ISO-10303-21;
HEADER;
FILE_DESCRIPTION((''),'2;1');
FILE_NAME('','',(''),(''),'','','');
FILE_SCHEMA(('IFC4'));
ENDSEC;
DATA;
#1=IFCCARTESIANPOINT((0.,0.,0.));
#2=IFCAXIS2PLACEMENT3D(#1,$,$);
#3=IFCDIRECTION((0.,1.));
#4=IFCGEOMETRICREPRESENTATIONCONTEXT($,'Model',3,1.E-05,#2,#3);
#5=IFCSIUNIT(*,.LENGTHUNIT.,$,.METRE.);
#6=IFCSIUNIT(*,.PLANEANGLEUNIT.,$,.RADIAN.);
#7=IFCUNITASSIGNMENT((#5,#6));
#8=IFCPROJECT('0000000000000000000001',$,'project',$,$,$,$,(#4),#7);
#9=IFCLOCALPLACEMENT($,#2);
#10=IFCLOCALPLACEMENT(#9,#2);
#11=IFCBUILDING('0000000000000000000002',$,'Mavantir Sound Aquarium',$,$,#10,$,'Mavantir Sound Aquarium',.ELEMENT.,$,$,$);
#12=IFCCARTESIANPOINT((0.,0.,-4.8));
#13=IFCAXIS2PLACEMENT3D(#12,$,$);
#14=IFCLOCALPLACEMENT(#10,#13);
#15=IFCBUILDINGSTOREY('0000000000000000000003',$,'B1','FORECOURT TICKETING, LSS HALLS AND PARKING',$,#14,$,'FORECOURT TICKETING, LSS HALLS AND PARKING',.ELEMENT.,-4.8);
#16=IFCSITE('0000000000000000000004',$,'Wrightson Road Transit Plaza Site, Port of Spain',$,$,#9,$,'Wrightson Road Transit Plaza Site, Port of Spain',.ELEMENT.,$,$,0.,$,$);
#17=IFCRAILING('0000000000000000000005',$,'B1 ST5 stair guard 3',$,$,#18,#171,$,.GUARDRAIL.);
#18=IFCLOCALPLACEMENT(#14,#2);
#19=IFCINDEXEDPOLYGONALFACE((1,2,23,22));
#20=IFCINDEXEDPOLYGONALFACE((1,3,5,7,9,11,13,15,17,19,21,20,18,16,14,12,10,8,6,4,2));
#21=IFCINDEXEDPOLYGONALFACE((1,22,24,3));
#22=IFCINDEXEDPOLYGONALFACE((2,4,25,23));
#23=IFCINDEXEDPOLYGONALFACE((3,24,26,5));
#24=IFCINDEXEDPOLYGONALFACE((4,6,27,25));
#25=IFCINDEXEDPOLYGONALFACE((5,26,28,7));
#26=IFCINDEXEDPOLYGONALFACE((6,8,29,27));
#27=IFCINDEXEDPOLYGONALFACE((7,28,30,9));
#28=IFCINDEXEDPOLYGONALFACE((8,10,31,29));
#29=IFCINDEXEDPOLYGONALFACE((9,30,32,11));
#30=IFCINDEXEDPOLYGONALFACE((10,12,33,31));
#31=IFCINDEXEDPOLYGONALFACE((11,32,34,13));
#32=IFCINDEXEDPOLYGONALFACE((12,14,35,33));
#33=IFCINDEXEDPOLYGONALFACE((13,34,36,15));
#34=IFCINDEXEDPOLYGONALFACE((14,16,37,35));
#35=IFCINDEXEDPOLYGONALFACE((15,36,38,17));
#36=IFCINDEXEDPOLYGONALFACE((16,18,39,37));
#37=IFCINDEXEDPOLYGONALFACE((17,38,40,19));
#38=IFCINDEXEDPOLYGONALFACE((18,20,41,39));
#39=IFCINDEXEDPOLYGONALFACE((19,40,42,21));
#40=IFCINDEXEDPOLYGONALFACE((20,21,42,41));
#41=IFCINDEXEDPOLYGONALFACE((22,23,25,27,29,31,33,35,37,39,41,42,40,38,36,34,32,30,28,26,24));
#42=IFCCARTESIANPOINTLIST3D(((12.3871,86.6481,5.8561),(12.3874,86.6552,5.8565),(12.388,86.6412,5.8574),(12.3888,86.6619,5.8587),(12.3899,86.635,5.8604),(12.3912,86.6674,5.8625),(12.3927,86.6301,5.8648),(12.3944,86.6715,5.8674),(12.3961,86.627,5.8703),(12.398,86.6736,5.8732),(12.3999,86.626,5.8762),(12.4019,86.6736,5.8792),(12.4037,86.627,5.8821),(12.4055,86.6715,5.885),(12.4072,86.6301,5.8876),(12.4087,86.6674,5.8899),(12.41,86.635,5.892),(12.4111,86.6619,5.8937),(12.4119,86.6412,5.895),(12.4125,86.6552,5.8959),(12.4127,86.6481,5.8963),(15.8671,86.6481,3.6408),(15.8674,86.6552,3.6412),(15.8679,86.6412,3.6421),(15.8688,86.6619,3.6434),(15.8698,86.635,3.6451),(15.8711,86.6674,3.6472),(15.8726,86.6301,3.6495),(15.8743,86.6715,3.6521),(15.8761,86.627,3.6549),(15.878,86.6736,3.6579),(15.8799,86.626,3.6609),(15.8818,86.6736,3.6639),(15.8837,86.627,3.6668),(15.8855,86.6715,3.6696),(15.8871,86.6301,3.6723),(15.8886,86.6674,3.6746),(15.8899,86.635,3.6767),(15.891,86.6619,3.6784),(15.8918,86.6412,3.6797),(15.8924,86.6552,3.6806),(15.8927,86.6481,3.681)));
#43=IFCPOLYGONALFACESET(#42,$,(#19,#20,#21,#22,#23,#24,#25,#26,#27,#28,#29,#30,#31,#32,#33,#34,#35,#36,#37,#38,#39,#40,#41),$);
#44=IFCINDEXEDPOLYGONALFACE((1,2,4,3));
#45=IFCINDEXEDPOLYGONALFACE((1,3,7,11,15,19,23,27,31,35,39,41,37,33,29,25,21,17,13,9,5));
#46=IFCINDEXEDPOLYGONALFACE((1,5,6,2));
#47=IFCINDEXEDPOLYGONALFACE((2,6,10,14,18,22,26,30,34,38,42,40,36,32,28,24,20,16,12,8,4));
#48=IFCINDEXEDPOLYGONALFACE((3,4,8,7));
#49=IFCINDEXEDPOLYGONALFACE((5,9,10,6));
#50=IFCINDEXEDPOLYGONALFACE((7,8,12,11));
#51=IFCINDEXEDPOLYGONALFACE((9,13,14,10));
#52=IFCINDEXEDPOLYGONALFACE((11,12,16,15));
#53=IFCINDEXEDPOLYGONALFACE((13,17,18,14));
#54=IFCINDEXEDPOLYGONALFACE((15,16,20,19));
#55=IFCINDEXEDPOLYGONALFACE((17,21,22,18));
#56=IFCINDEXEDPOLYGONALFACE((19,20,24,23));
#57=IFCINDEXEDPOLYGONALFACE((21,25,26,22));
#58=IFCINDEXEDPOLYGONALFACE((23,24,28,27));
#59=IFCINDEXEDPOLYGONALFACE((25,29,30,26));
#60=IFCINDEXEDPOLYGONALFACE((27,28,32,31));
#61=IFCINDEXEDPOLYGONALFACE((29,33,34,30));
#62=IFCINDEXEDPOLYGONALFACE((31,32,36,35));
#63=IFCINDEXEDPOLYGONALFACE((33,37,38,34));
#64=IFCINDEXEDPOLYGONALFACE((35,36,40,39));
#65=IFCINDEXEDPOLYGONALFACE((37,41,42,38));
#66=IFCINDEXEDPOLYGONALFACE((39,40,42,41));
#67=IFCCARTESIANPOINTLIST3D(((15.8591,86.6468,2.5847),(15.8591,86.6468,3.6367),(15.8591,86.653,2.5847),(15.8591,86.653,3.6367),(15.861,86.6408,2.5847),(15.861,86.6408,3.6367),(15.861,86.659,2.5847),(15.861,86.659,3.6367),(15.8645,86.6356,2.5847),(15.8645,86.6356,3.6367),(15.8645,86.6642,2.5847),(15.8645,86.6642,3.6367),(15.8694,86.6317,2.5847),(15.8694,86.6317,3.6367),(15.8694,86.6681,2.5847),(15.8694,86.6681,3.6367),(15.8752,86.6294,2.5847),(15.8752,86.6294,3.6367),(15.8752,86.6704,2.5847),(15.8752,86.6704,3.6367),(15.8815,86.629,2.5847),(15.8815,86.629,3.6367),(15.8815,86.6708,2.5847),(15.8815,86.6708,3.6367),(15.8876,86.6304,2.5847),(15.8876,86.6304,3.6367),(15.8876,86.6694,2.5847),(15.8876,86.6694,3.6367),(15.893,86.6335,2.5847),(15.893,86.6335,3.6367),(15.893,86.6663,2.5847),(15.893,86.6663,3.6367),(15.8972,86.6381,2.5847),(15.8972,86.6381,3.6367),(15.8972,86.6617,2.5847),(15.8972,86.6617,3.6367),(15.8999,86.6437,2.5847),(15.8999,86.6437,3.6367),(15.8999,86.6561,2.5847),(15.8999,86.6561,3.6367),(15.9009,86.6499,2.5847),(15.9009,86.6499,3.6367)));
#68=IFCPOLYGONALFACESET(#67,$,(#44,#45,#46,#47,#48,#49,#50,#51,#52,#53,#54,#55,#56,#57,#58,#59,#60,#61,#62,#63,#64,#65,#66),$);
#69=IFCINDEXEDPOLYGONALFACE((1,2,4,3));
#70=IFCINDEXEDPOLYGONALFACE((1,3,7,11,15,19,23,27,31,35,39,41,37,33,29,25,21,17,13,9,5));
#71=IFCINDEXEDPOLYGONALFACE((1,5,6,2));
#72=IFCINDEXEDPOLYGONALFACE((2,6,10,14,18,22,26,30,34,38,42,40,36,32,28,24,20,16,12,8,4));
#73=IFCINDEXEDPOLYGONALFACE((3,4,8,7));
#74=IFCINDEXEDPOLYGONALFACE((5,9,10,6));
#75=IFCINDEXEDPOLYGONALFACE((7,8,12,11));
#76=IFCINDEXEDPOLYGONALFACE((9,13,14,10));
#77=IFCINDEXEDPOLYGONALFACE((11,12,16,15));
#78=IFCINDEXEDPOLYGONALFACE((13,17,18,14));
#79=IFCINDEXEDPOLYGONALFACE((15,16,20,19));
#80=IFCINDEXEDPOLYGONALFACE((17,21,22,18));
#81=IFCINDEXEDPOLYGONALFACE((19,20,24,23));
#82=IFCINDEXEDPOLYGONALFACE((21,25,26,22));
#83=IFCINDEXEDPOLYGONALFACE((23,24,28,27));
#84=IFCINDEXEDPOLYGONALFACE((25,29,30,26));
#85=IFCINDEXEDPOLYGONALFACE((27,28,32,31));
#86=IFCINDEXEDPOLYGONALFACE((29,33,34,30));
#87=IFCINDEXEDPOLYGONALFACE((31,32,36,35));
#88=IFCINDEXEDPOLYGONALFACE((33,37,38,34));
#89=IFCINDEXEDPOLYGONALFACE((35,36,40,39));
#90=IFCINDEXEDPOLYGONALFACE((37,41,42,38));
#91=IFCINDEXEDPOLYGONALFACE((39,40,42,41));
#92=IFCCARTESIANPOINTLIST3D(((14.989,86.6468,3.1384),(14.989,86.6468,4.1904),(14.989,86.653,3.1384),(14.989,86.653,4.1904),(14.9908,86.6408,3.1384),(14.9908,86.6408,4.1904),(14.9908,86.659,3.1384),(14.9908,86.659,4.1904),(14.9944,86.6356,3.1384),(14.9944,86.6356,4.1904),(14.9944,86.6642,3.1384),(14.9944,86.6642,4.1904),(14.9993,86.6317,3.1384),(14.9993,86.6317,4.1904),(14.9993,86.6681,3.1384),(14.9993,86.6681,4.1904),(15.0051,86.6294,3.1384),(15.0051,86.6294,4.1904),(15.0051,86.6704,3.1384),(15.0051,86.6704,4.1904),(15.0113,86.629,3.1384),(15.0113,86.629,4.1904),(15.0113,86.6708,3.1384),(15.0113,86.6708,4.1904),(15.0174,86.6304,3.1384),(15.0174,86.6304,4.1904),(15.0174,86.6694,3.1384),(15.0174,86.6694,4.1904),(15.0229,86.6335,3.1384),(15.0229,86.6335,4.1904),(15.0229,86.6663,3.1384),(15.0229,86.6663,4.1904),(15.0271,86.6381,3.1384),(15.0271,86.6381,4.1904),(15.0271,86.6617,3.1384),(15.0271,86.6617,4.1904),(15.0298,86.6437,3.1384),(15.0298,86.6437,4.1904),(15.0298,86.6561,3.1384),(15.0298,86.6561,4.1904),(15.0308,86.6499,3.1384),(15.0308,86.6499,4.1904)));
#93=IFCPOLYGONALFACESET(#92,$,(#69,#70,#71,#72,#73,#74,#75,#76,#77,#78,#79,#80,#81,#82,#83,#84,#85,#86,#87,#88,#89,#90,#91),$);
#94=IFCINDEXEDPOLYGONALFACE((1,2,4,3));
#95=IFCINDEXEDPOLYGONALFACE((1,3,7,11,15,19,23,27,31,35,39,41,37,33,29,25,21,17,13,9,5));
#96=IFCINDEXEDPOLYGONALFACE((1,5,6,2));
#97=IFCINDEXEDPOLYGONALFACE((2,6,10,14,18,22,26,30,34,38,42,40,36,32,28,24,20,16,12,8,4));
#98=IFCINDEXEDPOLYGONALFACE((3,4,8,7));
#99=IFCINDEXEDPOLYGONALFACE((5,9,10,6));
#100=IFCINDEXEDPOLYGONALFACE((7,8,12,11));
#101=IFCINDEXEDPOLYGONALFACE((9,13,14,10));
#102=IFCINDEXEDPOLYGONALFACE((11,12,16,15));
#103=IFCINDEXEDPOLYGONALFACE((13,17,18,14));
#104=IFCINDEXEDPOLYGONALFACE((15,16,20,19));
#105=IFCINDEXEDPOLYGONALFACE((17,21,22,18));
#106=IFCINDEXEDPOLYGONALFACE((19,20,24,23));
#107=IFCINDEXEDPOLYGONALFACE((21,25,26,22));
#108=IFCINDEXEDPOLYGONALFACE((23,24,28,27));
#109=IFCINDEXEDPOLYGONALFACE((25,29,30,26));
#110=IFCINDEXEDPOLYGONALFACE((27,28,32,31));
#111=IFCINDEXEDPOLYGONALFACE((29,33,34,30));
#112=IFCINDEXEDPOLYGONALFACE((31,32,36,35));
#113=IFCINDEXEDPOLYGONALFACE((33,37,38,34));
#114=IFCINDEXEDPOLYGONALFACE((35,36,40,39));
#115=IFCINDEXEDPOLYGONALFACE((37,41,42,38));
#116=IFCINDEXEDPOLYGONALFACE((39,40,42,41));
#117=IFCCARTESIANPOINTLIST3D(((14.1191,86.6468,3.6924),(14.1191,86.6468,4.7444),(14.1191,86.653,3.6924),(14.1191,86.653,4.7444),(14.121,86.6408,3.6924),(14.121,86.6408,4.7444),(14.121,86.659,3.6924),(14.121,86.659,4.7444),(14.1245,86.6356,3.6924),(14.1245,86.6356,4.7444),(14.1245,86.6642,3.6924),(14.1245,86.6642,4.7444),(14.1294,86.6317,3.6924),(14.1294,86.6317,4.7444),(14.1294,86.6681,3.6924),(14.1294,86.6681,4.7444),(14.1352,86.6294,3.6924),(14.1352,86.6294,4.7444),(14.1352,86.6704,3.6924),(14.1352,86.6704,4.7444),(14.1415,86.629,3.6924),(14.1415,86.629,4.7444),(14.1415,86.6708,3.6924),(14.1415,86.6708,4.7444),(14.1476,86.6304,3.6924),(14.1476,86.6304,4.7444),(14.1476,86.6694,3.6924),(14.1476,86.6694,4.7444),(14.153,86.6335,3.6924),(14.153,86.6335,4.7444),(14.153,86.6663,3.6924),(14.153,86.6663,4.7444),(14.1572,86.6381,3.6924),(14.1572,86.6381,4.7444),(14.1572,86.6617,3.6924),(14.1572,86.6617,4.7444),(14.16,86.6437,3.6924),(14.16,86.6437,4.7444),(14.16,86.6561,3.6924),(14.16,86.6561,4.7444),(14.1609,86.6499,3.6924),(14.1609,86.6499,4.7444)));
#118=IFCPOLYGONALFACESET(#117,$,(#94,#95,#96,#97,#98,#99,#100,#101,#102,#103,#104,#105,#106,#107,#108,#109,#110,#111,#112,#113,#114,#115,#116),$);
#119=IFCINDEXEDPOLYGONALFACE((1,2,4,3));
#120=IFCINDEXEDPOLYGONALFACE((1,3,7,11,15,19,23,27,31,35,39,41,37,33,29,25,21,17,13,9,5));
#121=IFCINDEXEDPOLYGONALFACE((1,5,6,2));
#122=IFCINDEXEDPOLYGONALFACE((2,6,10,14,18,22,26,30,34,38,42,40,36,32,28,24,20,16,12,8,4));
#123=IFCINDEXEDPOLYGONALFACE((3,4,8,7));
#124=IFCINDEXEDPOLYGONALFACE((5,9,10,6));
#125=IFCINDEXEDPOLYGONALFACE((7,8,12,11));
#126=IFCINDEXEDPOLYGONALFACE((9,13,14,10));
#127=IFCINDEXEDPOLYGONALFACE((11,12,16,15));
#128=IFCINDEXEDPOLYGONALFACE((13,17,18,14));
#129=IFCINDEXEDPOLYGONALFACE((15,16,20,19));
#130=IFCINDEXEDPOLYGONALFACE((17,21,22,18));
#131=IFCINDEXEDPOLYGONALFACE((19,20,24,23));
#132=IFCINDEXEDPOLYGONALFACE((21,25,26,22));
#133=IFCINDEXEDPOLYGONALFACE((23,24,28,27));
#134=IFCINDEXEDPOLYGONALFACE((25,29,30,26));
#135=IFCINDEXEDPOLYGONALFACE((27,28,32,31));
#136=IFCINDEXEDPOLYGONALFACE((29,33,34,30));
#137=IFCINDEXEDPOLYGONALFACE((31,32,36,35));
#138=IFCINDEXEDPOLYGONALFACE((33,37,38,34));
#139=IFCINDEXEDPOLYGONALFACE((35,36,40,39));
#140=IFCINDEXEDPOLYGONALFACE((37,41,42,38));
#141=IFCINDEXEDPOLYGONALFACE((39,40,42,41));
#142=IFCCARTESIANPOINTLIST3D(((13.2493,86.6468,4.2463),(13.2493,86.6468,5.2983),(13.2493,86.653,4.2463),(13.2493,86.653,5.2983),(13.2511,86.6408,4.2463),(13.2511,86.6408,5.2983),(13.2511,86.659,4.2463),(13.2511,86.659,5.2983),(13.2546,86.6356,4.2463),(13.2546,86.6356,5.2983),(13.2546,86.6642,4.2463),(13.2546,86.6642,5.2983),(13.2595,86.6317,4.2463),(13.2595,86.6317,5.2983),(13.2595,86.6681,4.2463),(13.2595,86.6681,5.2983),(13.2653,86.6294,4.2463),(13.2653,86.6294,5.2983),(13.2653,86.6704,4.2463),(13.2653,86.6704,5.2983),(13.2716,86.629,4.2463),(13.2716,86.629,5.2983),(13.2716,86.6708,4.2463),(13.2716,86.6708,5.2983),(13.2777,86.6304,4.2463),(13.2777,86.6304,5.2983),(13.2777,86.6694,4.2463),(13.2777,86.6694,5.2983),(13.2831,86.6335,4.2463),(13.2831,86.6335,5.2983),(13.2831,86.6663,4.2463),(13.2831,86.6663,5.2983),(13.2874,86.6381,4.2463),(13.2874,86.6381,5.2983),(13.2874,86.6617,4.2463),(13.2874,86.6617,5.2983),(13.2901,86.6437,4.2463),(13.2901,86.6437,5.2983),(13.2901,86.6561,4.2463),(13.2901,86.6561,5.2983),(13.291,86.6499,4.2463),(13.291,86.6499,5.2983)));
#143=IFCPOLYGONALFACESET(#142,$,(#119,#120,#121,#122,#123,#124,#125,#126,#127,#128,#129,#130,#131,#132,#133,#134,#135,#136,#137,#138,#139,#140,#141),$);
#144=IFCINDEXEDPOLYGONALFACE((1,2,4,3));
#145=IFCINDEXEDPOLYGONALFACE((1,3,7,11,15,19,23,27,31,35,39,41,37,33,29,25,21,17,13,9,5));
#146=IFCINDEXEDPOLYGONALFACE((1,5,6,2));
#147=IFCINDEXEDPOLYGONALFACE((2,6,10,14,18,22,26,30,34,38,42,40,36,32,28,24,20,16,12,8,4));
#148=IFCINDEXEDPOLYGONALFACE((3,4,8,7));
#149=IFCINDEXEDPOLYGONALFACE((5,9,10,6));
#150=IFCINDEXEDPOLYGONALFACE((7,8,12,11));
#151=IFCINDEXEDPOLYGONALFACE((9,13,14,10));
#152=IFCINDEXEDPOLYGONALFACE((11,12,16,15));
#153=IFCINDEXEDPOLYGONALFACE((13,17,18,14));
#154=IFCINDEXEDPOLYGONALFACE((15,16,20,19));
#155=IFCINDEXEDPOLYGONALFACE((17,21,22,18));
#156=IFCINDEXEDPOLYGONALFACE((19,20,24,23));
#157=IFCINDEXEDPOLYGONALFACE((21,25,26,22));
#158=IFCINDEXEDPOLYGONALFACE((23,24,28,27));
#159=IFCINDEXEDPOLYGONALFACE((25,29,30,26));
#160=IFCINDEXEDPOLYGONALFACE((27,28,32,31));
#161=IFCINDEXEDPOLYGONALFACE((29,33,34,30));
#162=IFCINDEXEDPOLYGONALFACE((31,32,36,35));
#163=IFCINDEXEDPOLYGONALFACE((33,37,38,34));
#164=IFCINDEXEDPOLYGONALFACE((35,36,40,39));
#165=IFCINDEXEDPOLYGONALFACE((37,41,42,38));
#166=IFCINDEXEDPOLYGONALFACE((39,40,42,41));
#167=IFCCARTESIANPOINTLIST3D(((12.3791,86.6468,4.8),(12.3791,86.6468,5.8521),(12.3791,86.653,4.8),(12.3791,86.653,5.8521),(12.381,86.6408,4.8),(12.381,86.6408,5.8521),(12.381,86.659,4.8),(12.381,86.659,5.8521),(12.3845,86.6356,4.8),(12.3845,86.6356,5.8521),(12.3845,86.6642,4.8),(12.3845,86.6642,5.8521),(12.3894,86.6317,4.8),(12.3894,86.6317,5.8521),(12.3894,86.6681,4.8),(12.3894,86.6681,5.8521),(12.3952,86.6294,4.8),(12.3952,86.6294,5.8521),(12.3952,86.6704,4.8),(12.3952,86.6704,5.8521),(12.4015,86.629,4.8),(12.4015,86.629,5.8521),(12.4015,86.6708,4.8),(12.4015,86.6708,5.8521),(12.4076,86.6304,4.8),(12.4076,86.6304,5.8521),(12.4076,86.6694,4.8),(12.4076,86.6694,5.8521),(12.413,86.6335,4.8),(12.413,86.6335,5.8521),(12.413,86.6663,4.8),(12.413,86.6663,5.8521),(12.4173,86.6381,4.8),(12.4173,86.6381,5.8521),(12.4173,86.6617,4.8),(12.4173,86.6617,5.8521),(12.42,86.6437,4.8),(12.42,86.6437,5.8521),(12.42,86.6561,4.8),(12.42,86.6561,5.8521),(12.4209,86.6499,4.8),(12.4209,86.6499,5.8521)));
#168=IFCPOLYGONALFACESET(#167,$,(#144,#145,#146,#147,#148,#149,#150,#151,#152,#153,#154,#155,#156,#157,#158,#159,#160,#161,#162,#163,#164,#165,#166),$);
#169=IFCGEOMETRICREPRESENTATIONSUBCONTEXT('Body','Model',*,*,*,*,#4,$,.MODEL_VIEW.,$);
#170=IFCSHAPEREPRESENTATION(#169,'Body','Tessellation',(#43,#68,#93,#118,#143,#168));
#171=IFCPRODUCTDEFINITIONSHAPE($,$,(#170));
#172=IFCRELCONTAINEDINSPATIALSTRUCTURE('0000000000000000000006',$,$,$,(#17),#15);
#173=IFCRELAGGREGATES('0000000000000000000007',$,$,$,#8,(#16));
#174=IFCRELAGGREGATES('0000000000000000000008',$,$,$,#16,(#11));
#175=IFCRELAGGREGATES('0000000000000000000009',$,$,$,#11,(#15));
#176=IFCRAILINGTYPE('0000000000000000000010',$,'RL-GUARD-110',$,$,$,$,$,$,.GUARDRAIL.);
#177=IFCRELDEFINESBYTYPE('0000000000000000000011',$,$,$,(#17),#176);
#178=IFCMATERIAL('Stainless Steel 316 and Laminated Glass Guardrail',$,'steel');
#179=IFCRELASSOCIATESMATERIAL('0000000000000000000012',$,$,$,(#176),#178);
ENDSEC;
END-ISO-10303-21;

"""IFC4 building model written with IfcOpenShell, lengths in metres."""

from ifc_helpers import new_model, si_unit, direction, frame, origin, origin_2d, place, context, subcontext, project, spatial, circle, extrude, material, type_object, element, save


model = new_model("IFC4")

# Units and contexts
model_context = context("Model", 3, precision=1e-05, world=origin(), true_north=direction((0.0, 1.0)))
body_context = subcontext(model_context, "Body", "Model", "MODEL_VIEW")
ifc_project = project(units=[si_unit("LENGTHUNIT", "METRE"), si_unit("PLANEANGLEUNIT", "RADIAN")], contexts=[model_context])

# Site, building, storey
site_placement = place(None, origin())
site = spatial("IfcSite", under=ifc_project, at=site_placement, Name="Wrightson Road Transit Plaza Site, Port of Spain", LongName="Wrightson Road Transit Plaza Site, Port of Spain", CompositionType="ELEMENT", RefElevation=0.0)
building_placement = place(site_placement, origin())
building = spatial("IfcBuilding", under=site, at=building_placement, Name="Mavantir Sound Aquarium", LongName="Mavantir Sound Aquarium", CompositionType="ELEMENT")
storey_placement = place(building_placement, frame((0.0, 0.0, -4.8)))
storey = spatial("IfcBuildingStorey", under=building, at=storey_placement, Name="B1", Description="FORECOURT TICKETING, LSS HALLS AND PARKING", LongName="FORECOURT TICKETING, LSS HALLS AND PARKING", CompositionType="ELEMENT", Elevation=-4.8)

# Railing
ifc_material_1 = material(Name="Stainless Steel 316 and Laminated Glass Guardrail", Category="steel")
railing_type_1 = type_object("IfcRailingType", Name="RL-GUARD-110", PredefinedType="GUARDRAIL", material=ifc_material_1)
railing_1_placement = place(storey_placement, frame((15.8799, 86.6499, 2.5847)))
element("IfcRailing", 1, at=railing_1_placement, inside=storey, type_object=railing_type_1, Name="B1 ST5 stair guard 3", PredefinedType="GUARDRAIL", context=body_context, shape_type="SweptSolid", body=[
    extrude(circle(Radius=0.0239, at=origin_2d()), frame((0.0, 0.0, 1.0762), z_axis=(-0.843574, 0.0, 0.537013), x_axis=(0.0, -1.0, 0.0)), (0.0, 0.0, 1.0), 4.1252),
    extrude(circle(Radius=0.021, at=origin_2d()), origin(), (0.0, 0.0, 1.0), 1.052),
    extrude(circle(Radius=0.021, at=origin_2d()), frame((-0.8701, 0.0, 0.5537)), (0.0, 0.0, 1.0), 1.052),
    extrude(circle(Radius=0.021, at=origin_2d()), frame((-1.74, 0.0, 1.1077)), (0.0, 0.0, 1.0), 1.052),
    extrude(circle(Radius=0.021, at=origin_2d()), frame((-2.6099, 0.0, 1.6616)), (0.0, 0.0, 1.0), 1.052),
    extrude(circle(Radius=0.021, at=origin_2d()), frame((-3.48, 0.0, 2.2153)), (0.0, 0.0, 1.0), 1.052),
])

save(model, "model.ifc")
